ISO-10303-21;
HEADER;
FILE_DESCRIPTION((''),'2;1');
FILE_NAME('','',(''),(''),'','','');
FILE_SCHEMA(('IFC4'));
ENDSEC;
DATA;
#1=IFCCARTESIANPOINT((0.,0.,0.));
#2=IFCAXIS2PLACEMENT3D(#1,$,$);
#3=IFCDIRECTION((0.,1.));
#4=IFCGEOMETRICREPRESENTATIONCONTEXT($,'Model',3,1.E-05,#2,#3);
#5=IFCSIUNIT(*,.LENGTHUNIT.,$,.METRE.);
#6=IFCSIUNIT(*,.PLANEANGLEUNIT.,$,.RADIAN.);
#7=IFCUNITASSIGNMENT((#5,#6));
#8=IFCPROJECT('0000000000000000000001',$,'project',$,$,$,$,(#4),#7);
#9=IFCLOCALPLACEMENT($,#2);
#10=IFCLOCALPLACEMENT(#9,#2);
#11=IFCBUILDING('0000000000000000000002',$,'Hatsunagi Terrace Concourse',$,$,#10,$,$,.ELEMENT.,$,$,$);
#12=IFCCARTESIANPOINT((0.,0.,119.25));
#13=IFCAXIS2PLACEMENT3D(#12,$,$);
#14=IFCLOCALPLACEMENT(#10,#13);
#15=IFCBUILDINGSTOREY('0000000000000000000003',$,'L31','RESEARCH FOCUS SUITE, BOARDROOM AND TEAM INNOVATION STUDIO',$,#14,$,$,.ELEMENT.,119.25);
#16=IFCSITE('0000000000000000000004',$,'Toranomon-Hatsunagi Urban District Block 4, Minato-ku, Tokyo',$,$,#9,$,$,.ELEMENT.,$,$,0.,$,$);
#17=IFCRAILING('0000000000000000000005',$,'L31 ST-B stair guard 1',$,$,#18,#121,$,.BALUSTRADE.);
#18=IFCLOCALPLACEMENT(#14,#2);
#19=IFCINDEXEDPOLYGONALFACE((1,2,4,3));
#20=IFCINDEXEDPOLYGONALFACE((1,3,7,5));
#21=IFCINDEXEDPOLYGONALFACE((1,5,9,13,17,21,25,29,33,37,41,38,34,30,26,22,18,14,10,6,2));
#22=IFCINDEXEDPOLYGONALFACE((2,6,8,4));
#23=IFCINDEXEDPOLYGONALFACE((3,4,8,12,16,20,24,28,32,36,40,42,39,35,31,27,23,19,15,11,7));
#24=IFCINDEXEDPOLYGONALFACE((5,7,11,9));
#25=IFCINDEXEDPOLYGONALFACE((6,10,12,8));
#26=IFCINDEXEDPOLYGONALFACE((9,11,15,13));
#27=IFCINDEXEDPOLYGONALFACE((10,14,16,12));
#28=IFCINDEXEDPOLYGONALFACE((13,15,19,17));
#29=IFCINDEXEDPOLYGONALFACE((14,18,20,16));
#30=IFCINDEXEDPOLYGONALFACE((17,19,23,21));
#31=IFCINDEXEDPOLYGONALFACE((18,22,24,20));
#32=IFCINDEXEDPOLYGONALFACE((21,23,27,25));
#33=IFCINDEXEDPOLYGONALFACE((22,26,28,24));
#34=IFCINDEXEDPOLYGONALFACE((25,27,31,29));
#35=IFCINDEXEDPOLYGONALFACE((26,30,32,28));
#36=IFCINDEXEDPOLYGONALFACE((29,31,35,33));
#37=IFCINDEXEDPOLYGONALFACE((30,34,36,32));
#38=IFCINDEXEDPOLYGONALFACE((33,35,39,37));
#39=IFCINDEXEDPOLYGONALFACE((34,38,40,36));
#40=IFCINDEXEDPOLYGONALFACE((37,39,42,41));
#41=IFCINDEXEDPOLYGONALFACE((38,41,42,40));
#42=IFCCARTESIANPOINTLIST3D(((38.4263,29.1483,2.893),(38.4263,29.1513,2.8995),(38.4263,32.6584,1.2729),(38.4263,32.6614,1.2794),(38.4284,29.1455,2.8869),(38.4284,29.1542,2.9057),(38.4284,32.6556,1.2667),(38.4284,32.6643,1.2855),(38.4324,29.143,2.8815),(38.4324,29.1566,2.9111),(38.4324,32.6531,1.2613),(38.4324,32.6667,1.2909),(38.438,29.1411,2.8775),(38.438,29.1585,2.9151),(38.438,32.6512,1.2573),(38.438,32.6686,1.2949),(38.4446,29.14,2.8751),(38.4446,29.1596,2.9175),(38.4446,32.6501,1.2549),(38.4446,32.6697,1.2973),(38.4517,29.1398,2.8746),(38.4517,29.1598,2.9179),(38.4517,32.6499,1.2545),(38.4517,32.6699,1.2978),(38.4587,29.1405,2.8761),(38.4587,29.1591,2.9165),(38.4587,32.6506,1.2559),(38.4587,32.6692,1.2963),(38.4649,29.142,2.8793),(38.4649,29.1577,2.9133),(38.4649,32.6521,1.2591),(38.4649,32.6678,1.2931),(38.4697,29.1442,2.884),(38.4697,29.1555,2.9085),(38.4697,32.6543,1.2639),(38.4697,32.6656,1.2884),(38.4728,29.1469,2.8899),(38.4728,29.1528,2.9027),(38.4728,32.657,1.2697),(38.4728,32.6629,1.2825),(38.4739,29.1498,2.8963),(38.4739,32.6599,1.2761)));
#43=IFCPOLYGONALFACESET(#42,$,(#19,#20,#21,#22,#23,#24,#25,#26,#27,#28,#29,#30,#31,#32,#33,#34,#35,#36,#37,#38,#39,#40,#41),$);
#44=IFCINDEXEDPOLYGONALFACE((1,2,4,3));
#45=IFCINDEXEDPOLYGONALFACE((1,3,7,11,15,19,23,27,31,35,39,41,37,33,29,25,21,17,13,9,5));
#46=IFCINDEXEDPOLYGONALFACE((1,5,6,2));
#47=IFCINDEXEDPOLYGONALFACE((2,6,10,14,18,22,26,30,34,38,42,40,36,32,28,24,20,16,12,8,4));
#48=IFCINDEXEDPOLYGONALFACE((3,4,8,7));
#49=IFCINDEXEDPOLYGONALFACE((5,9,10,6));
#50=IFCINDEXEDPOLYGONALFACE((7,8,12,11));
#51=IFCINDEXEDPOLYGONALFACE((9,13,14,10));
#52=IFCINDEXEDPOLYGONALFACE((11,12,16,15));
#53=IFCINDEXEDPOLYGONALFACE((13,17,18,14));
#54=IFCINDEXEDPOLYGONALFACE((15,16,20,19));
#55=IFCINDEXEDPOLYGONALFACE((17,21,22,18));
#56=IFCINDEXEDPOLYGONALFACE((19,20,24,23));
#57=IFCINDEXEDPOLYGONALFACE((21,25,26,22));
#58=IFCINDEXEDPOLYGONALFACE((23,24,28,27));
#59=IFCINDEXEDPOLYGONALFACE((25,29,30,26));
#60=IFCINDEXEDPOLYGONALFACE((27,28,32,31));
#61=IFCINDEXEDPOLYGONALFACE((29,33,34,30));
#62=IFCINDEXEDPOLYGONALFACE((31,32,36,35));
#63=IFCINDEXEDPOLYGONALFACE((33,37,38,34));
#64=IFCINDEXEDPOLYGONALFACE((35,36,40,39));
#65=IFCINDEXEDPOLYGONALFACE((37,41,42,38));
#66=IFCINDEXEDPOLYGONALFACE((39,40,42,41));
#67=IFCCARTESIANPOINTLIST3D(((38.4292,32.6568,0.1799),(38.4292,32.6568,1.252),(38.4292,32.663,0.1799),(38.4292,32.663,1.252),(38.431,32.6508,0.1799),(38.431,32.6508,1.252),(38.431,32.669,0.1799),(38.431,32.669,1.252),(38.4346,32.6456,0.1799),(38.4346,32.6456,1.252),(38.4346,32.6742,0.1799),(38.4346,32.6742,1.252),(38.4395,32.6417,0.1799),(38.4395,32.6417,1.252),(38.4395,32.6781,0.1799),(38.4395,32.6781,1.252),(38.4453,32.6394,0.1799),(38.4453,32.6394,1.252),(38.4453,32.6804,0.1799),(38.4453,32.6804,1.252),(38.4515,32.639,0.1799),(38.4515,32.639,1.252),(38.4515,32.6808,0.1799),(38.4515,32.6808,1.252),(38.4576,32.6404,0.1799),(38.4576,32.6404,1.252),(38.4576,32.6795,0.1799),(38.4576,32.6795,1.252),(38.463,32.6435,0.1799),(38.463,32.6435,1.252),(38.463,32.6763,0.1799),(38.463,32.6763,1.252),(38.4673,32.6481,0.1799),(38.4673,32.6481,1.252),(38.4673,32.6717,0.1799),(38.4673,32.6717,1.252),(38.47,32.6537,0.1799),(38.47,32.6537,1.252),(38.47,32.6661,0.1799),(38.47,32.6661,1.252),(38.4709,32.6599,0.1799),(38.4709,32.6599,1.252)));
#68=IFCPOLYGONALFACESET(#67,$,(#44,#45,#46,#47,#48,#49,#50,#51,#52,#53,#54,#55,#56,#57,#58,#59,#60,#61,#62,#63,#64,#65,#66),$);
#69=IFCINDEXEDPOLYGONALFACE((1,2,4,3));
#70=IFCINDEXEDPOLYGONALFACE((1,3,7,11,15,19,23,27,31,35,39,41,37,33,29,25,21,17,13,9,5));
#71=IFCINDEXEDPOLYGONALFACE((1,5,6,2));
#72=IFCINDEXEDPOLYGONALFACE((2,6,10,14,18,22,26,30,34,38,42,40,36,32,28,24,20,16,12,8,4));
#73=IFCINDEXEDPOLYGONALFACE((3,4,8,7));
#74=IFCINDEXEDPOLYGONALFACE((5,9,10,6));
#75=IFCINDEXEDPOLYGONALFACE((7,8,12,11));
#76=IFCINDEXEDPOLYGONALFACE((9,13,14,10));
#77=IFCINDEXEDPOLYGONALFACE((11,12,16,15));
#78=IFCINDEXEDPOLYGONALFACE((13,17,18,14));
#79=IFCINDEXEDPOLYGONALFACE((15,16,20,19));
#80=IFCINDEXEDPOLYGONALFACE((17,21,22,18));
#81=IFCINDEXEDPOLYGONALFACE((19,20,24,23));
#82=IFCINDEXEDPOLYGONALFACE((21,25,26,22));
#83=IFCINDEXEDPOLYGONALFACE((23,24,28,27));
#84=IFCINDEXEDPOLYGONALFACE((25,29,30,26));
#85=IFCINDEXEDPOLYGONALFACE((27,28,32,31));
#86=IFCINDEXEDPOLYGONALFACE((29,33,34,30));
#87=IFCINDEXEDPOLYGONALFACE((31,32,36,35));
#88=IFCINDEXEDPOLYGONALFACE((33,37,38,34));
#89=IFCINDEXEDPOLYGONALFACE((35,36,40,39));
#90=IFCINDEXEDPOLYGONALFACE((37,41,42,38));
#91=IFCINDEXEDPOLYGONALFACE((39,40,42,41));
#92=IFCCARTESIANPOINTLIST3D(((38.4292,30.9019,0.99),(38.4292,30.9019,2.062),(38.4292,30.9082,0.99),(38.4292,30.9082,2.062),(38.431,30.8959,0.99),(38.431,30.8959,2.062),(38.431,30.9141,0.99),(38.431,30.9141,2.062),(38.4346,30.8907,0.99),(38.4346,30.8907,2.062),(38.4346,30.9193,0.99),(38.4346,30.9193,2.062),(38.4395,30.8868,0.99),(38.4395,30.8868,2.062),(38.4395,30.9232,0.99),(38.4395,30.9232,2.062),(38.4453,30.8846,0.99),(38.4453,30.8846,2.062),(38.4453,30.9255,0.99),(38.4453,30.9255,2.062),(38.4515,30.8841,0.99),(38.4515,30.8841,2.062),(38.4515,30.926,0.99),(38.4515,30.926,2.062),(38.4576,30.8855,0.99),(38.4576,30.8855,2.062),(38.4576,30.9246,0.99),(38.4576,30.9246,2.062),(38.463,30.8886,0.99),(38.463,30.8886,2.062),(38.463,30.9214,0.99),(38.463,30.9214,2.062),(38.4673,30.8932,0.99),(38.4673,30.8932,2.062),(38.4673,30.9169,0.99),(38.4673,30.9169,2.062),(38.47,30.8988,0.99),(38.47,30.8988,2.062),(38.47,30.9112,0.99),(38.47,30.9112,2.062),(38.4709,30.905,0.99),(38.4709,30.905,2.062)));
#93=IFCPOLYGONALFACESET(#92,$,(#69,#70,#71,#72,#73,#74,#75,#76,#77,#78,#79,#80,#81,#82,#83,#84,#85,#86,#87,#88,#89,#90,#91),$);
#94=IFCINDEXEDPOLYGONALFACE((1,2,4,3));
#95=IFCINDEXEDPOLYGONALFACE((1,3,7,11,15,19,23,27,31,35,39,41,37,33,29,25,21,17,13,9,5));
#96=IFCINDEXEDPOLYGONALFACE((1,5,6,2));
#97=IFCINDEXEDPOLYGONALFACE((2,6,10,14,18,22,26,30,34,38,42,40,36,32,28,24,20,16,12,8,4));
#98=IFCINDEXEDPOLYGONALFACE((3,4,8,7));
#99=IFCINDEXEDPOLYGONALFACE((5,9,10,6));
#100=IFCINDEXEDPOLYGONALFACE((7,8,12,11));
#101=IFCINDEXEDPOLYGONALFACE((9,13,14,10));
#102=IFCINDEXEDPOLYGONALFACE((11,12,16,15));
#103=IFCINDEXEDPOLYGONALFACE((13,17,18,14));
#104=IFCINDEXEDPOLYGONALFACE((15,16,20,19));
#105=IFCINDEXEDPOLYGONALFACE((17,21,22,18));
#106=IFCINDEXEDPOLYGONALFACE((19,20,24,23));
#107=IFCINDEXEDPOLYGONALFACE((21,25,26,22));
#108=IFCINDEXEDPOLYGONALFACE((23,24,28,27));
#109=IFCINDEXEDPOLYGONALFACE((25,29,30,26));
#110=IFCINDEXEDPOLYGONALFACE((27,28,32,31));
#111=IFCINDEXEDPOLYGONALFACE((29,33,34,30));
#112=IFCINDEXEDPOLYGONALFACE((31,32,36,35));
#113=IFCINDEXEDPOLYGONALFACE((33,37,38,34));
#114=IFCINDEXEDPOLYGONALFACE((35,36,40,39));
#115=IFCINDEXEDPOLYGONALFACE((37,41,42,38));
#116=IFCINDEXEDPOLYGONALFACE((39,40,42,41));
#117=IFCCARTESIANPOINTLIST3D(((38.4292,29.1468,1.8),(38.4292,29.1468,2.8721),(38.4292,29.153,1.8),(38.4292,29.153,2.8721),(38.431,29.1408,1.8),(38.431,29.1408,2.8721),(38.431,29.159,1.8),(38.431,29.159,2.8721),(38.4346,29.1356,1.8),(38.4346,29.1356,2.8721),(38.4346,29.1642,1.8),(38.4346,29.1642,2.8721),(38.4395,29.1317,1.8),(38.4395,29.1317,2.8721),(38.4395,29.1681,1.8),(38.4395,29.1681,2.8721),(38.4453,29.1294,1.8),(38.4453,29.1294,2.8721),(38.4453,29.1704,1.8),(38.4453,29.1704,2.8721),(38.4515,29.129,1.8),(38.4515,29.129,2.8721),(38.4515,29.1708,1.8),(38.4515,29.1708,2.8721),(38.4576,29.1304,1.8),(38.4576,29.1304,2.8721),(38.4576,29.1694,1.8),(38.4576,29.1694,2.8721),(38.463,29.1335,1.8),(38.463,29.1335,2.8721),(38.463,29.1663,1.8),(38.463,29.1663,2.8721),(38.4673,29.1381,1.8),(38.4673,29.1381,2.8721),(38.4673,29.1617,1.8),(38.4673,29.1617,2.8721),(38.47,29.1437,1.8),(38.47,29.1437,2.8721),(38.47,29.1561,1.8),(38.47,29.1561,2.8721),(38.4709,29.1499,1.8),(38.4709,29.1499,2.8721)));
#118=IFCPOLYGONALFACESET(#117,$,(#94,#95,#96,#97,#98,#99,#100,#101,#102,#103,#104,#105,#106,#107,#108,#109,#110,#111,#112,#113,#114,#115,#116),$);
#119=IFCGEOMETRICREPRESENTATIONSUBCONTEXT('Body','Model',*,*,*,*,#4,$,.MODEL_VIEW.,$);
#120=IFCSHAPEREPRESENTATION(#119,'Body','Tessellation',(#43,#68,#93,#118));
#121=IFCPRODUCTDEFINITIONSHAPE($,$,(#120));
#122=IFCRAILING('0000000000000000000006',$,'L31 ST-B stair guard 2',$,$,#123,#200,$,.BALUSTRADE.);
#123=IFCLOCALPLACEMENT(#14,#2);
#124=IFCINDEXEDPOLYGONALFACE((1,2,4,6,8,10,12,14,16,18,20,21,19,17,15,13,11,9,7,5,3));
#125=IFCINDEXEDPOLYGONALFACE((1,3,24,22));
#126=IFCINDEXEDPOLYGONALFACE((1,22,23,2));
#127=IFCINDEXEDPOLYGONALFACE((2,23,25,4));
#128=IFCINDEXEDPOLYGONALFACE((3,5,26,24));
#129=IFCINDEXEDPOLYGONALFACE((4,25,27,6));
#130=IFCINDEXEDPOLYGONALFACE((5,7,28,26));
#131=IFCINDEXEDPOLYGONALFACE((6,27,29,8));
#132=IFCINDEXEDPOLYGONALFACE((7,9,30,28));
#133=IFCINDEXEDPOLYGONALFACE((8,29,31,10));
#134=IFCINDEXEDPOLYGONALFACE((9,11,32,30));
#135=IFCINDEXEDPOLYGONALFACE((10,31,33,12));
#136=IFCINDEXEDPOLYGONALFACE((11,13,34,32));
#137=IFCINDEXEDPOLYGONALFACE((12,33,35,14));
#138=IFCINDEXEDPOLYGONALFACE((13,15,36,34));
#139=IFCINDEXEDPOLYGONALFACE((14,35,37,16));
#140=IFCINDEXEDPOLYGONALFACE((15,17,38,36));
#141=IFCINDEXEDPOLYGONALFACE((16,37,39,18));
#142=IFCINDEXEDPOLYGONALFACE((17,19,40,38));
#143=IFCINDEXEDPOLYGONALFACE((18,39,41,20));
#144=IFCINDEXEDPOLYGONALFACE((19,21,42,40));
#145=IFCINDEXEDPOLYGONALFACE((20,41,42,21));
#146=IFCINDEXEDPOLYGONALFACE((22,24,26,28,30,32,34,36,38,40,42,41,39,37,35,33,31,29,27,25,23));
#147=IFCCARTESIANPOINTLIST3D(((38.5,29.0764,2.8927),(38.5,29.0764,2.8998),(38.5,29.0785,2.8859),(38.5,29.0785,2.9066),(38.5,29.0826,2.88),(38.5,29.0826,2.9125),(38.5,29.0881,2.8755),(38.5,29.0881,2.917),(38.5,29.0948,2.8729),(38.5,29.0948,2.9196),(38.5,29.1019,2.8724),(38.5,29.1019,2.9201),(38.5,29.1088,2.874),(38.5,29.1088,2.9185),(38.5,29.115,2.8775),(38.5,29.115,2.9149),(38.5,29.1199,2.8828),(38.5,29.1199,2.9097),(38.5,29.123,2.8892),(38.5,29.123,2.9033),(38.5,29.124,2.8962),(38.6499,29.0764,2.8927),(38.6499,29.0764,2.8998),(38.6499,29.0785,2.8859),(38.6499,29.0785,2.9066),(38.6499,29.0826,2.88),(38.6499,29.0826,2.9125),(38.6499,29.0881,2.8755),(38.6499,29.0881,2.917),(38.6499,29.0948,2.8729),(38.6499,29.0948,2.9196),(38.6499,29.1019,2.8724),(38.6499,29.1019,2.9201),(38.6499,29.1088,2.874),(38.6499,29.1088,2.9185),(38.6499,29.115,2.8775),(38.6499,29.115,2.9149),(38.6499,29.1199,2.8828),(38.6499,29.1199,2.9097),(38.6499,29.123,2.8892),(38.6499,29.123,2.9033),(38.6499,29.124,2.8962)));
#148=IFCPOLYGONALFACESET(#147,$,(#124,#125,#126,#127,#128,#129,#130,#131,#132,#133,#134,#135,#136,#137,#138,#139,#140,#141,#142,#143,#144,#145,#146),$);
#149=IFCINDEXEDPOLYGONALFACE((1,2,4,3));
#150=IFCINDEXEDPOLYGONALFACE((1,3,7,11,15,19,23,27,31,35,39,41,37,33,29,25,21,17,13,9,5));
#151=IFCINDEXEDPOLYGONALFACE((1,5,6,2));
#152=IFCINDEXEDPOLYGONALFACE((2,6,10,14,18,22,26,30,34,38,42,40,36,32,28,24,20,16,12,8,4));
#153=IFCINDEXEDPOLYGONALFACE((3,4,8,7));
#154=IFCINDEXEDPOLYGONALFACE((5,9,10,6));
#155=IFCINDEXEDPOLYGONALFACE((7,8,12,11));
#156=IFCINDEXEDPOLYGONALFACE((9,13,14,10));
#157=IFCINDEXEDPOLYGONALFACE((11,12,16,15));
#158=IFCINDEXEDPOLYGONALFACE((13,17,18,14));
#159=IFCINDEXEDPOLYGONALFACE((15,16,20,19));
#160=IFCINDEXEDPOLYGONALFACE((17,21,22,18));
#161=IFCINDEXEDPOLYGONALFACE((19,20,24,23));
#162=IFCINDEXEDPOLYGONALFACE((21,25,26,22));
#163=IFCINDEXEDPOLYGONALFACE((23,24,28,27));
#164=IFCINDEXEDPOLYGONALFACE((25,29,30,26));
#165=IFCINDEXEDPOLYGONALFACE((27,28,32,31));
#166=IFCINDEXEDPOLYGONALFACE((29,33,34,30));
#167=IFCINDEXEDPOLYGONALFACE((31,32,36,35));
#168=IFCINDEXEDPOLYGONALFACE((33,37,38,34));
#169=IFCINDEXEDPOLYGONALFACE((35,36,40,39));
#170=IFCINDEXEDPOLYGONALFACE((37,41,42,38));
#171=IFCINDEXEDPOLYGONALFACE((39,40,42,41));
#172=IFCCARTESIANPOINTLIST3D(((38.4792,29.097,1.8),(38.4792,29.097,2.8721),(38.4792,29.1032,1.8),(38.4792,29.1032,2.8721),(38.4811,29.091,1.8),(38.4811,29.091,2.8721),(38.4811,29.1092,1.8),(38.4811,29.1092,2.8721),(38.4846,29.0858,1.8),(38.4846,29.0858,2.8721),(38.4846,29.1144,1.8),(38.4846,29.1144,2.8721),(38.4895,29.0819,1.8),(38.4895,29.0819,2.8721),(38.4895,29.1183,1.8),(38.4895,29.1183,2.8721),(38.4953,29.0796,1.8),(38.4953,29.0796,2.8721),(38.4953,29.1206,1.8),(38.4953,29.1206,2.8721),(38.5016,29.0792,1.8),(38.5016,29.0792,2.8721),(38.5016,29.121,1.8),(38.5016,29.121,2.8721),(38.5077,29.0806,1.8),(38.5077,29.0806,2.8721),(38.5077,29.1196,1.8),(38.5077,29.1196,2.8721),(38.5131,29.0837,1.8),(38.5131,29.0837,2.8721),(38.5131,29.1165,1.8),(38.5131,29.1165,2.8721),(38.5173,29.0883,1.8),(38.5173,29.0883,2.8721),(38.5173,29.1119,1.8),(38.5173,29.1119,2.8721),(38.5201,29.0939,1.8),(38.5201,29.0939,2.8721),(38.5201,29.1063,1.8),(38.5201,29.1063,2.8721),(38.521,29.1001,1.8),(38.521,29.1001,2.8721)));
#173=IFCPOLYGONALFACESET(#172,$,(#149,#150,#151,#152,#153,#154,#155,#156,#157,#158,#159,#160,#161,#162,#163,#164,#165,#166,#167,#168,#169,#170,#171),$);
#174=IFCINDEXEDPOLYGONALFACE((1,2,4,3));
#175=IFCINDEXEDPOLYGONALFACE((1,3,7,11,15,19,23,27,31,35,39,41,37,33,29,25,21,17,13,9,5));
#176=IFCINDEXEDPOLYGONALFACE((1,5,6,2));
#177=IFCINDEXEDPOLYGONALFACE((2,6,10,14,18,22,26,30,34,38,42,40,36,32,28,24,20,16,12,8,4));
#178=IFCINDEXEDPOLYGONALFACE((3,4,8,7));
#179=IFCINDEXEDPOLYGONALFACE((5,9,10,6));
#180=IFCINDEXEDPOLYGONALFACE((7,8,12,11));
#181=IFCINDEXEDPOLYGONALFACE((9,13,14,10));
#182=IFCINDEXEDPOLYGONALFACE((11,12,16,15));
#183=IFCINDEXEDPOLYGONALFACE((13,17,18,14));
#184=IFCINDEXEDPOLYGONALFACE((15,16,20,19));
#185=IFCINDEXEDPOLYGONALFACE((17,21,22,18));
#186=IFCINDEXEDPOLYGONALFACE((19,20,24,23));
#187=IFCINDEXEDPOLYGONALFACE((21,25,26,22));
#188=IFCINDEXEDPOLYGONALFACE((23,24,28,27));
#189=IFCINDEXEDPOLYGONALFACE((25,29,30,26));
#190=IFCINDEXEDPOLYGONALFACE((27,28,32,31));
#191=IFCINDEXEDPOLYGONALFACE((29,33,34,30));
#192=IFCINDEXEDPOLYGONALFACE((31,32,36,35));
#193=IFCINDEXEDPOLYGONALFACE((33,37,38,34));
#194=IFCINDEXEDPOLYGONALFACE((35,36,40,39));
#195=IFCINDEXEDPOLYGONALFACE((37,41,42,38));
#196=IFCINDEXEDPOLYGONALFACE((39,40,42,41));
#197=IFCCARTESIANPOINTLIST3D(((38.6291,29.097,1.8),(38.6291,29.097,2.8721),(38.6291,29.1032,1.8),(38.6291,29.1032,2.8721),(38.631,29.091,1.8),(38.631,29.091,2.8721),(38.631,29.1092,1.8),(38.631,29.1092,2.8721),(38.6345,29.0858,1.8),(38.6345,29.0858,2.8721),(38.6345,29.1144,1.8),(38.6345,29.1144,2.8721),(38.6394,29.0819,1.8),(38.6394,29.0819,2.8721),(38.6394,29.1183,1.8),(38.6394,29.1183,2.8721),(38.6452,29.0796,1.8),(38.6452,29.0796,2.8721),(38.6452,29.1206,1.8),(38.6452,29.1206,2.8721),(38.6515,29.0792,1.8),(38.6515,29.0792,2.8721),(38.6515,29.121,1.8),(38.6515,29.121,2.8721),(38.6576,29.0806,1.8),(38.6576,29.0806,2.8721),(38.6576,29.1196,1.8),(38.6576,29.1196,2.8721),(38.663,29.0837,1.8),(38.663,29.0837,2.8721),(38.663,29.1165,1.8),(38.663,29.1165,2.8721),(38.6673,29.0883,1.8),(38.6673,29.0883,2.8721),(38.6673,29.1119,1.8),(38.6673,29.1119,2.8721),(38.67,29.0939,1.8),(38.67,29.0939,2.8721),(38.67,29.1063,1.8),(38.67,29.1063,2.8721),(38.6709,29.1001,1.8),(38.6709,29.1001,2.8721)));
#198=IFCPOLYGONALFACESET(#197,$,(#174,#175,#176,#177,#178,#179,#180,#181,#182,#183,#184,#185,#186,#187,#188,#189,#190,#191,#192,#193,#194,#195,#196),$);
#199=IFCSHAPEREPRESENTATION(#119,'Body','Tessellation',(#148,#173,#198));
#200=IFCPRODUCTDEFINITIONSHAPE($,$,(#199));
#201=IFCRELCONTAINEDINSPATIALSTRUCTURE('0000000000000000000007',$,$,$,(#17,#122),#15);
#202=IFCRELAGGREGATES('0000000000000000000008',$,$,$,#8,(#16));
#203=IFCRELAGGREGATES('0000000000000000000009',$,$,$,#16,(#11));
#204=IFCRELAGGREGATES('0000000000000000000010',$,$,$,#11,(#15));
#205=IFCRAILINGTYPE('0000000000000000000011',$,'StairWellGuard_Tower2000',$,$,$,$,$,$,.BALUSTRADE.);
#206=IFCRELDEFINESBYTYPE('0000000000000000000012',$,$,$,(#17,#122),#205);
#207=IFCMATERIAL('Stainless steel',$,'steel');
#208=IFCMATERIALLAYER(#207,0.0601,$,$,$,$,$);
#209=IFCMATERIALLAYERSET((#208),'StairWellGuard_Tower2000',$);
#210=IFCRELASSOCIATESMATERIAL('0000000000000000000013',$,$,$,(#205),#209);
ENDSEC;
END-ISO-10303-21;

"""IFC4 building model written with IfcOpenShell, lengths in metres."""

from ifc_helpers import new_model, si_unit, direction, frame, origin, origin_2d, place, context, subcontext, project, spatial, circle, extrude, material, layer, layer_set, type_object, element, save


model = new_model("IFC4")

# Units and contexts
model_context = context("Model", 3, precision=1e-05, world=origin(), true_north=direction((0.0, 1.0)))
body_context = subcontext(model_context, "Body", "Model", "MODEL_VIEW")
ifc_project = project(units=[si_unit("LENGTHUNIT", "METRE"), si_unit("PLANEANGLEUNIT", "RADIAN")], contexts=[model_context])

# Site, building, storey
site_placement = place(None, origin())
site = spatial("IfcSite", under=ifc_project, at=site_placement, Name="Toranomon-Hatsunagi Urban District Block 4, Minato-ku, Tokyo", CompositionType="ELEMENT", RefElevation=0.0)
building_placement = place(site_placement, origin())
building = spatial("IfcBuilding", under=site, at=building_placement, Name="Hatsunagi Terrace Concourse", CompositionType="ELEMENT")
storey_placement = place(building_placement, frame((0.0, 0.0, 119.25)))
storey = spatial("IfcBuildingStorey", under=building, at=storey_placement, Name="L31", Description="RESEARCH FOCUS SUITE, BOARDROOM AND TEAM INNOVATION STUDIO", CompositionType="ELEMENT", Elevation=119.25)

# Railings
ifc_material_1 = material(Name="Stainless steel", Category="steel")
ifc_layer_1 = layer(ifc_material_1, 0.0601)
ifc_layer_set_1 = layer_set([ifc_layer_1], Name="StairWellGuard_Tower2000")
railing_type_1 = type_object("IfcRailingType", Name="StairWellGuard_Tower2000", PredefinedType="BALUSTRADE", material=ifc_layer_set_1)
railing_1_placement = place(storey_placement, frame((38.45, 32.6599, 0.1799)))
element("IfcRailing", 1, at=railing_1_placement, inside=storey, type_object=railing_type_1, Name="L31 ST-B stair guard 1", PredefinedType="BALUSTRADE", context=body_context, shape_type="SweptSolid", body=[
    extrude(circle(Radius=0.0239, at=origin_2d()), frame((0.0, 0.0, 1.0962), z_axis=(0.0, -0.907948, 0.419082), x_axis=(1.0, 0.0, 0.0)), (0.0, 0.0, 1.0), 3.866),
    extrude(circle(Radius=0.021, at=origin_2d()), origin(), (0.0, 0.0, 1.0), 1.072),
    extrude(circle(Radius=0.021, at=origin_2d()), frame((0.0, -1.7549, 0.8101)), (0.0, 0.0, 1.0), 1.072),
    extrude(circle(Radius=0.021, at=origin_2d()), frame((0.0, -3.51, 1.6201)), (0.0, 0.0, 1.0), 1.072),
])
railing_2_placement = place(storey_placement, frame((38.5, 29.1001, 1.8)))
element("IfcRailing", 2, at=railing_2_placement, inside=storey, type_object=railing_type_1, Name="L31 ST-B stair guard 2", PredefinedType="BALUSTRADE", context=body_context, shape_type="SweptSolid", body=[
    extrude(circle(Radius=0.0239, at=origin_2d()), frame((0.0, 0.0, 1.0962), z_axis=(1.0, 0.0, 0.0), x_axis=(0.0, 1.0, 0.0)), (0.0, 0.0, 1.0), 0.1499),
    extrude(circle(Radius=0.021, at=origin_2d()), origin(), (0.0, 0.0, 1.0), 1.072),
    extrude(circle(Radius=0.021, at=origin_2d()), frame((0.1499, 0.0, 0.0)), (0.0, 0.0, 1.0), 1.072),
])

save(model, "model.ifc")
